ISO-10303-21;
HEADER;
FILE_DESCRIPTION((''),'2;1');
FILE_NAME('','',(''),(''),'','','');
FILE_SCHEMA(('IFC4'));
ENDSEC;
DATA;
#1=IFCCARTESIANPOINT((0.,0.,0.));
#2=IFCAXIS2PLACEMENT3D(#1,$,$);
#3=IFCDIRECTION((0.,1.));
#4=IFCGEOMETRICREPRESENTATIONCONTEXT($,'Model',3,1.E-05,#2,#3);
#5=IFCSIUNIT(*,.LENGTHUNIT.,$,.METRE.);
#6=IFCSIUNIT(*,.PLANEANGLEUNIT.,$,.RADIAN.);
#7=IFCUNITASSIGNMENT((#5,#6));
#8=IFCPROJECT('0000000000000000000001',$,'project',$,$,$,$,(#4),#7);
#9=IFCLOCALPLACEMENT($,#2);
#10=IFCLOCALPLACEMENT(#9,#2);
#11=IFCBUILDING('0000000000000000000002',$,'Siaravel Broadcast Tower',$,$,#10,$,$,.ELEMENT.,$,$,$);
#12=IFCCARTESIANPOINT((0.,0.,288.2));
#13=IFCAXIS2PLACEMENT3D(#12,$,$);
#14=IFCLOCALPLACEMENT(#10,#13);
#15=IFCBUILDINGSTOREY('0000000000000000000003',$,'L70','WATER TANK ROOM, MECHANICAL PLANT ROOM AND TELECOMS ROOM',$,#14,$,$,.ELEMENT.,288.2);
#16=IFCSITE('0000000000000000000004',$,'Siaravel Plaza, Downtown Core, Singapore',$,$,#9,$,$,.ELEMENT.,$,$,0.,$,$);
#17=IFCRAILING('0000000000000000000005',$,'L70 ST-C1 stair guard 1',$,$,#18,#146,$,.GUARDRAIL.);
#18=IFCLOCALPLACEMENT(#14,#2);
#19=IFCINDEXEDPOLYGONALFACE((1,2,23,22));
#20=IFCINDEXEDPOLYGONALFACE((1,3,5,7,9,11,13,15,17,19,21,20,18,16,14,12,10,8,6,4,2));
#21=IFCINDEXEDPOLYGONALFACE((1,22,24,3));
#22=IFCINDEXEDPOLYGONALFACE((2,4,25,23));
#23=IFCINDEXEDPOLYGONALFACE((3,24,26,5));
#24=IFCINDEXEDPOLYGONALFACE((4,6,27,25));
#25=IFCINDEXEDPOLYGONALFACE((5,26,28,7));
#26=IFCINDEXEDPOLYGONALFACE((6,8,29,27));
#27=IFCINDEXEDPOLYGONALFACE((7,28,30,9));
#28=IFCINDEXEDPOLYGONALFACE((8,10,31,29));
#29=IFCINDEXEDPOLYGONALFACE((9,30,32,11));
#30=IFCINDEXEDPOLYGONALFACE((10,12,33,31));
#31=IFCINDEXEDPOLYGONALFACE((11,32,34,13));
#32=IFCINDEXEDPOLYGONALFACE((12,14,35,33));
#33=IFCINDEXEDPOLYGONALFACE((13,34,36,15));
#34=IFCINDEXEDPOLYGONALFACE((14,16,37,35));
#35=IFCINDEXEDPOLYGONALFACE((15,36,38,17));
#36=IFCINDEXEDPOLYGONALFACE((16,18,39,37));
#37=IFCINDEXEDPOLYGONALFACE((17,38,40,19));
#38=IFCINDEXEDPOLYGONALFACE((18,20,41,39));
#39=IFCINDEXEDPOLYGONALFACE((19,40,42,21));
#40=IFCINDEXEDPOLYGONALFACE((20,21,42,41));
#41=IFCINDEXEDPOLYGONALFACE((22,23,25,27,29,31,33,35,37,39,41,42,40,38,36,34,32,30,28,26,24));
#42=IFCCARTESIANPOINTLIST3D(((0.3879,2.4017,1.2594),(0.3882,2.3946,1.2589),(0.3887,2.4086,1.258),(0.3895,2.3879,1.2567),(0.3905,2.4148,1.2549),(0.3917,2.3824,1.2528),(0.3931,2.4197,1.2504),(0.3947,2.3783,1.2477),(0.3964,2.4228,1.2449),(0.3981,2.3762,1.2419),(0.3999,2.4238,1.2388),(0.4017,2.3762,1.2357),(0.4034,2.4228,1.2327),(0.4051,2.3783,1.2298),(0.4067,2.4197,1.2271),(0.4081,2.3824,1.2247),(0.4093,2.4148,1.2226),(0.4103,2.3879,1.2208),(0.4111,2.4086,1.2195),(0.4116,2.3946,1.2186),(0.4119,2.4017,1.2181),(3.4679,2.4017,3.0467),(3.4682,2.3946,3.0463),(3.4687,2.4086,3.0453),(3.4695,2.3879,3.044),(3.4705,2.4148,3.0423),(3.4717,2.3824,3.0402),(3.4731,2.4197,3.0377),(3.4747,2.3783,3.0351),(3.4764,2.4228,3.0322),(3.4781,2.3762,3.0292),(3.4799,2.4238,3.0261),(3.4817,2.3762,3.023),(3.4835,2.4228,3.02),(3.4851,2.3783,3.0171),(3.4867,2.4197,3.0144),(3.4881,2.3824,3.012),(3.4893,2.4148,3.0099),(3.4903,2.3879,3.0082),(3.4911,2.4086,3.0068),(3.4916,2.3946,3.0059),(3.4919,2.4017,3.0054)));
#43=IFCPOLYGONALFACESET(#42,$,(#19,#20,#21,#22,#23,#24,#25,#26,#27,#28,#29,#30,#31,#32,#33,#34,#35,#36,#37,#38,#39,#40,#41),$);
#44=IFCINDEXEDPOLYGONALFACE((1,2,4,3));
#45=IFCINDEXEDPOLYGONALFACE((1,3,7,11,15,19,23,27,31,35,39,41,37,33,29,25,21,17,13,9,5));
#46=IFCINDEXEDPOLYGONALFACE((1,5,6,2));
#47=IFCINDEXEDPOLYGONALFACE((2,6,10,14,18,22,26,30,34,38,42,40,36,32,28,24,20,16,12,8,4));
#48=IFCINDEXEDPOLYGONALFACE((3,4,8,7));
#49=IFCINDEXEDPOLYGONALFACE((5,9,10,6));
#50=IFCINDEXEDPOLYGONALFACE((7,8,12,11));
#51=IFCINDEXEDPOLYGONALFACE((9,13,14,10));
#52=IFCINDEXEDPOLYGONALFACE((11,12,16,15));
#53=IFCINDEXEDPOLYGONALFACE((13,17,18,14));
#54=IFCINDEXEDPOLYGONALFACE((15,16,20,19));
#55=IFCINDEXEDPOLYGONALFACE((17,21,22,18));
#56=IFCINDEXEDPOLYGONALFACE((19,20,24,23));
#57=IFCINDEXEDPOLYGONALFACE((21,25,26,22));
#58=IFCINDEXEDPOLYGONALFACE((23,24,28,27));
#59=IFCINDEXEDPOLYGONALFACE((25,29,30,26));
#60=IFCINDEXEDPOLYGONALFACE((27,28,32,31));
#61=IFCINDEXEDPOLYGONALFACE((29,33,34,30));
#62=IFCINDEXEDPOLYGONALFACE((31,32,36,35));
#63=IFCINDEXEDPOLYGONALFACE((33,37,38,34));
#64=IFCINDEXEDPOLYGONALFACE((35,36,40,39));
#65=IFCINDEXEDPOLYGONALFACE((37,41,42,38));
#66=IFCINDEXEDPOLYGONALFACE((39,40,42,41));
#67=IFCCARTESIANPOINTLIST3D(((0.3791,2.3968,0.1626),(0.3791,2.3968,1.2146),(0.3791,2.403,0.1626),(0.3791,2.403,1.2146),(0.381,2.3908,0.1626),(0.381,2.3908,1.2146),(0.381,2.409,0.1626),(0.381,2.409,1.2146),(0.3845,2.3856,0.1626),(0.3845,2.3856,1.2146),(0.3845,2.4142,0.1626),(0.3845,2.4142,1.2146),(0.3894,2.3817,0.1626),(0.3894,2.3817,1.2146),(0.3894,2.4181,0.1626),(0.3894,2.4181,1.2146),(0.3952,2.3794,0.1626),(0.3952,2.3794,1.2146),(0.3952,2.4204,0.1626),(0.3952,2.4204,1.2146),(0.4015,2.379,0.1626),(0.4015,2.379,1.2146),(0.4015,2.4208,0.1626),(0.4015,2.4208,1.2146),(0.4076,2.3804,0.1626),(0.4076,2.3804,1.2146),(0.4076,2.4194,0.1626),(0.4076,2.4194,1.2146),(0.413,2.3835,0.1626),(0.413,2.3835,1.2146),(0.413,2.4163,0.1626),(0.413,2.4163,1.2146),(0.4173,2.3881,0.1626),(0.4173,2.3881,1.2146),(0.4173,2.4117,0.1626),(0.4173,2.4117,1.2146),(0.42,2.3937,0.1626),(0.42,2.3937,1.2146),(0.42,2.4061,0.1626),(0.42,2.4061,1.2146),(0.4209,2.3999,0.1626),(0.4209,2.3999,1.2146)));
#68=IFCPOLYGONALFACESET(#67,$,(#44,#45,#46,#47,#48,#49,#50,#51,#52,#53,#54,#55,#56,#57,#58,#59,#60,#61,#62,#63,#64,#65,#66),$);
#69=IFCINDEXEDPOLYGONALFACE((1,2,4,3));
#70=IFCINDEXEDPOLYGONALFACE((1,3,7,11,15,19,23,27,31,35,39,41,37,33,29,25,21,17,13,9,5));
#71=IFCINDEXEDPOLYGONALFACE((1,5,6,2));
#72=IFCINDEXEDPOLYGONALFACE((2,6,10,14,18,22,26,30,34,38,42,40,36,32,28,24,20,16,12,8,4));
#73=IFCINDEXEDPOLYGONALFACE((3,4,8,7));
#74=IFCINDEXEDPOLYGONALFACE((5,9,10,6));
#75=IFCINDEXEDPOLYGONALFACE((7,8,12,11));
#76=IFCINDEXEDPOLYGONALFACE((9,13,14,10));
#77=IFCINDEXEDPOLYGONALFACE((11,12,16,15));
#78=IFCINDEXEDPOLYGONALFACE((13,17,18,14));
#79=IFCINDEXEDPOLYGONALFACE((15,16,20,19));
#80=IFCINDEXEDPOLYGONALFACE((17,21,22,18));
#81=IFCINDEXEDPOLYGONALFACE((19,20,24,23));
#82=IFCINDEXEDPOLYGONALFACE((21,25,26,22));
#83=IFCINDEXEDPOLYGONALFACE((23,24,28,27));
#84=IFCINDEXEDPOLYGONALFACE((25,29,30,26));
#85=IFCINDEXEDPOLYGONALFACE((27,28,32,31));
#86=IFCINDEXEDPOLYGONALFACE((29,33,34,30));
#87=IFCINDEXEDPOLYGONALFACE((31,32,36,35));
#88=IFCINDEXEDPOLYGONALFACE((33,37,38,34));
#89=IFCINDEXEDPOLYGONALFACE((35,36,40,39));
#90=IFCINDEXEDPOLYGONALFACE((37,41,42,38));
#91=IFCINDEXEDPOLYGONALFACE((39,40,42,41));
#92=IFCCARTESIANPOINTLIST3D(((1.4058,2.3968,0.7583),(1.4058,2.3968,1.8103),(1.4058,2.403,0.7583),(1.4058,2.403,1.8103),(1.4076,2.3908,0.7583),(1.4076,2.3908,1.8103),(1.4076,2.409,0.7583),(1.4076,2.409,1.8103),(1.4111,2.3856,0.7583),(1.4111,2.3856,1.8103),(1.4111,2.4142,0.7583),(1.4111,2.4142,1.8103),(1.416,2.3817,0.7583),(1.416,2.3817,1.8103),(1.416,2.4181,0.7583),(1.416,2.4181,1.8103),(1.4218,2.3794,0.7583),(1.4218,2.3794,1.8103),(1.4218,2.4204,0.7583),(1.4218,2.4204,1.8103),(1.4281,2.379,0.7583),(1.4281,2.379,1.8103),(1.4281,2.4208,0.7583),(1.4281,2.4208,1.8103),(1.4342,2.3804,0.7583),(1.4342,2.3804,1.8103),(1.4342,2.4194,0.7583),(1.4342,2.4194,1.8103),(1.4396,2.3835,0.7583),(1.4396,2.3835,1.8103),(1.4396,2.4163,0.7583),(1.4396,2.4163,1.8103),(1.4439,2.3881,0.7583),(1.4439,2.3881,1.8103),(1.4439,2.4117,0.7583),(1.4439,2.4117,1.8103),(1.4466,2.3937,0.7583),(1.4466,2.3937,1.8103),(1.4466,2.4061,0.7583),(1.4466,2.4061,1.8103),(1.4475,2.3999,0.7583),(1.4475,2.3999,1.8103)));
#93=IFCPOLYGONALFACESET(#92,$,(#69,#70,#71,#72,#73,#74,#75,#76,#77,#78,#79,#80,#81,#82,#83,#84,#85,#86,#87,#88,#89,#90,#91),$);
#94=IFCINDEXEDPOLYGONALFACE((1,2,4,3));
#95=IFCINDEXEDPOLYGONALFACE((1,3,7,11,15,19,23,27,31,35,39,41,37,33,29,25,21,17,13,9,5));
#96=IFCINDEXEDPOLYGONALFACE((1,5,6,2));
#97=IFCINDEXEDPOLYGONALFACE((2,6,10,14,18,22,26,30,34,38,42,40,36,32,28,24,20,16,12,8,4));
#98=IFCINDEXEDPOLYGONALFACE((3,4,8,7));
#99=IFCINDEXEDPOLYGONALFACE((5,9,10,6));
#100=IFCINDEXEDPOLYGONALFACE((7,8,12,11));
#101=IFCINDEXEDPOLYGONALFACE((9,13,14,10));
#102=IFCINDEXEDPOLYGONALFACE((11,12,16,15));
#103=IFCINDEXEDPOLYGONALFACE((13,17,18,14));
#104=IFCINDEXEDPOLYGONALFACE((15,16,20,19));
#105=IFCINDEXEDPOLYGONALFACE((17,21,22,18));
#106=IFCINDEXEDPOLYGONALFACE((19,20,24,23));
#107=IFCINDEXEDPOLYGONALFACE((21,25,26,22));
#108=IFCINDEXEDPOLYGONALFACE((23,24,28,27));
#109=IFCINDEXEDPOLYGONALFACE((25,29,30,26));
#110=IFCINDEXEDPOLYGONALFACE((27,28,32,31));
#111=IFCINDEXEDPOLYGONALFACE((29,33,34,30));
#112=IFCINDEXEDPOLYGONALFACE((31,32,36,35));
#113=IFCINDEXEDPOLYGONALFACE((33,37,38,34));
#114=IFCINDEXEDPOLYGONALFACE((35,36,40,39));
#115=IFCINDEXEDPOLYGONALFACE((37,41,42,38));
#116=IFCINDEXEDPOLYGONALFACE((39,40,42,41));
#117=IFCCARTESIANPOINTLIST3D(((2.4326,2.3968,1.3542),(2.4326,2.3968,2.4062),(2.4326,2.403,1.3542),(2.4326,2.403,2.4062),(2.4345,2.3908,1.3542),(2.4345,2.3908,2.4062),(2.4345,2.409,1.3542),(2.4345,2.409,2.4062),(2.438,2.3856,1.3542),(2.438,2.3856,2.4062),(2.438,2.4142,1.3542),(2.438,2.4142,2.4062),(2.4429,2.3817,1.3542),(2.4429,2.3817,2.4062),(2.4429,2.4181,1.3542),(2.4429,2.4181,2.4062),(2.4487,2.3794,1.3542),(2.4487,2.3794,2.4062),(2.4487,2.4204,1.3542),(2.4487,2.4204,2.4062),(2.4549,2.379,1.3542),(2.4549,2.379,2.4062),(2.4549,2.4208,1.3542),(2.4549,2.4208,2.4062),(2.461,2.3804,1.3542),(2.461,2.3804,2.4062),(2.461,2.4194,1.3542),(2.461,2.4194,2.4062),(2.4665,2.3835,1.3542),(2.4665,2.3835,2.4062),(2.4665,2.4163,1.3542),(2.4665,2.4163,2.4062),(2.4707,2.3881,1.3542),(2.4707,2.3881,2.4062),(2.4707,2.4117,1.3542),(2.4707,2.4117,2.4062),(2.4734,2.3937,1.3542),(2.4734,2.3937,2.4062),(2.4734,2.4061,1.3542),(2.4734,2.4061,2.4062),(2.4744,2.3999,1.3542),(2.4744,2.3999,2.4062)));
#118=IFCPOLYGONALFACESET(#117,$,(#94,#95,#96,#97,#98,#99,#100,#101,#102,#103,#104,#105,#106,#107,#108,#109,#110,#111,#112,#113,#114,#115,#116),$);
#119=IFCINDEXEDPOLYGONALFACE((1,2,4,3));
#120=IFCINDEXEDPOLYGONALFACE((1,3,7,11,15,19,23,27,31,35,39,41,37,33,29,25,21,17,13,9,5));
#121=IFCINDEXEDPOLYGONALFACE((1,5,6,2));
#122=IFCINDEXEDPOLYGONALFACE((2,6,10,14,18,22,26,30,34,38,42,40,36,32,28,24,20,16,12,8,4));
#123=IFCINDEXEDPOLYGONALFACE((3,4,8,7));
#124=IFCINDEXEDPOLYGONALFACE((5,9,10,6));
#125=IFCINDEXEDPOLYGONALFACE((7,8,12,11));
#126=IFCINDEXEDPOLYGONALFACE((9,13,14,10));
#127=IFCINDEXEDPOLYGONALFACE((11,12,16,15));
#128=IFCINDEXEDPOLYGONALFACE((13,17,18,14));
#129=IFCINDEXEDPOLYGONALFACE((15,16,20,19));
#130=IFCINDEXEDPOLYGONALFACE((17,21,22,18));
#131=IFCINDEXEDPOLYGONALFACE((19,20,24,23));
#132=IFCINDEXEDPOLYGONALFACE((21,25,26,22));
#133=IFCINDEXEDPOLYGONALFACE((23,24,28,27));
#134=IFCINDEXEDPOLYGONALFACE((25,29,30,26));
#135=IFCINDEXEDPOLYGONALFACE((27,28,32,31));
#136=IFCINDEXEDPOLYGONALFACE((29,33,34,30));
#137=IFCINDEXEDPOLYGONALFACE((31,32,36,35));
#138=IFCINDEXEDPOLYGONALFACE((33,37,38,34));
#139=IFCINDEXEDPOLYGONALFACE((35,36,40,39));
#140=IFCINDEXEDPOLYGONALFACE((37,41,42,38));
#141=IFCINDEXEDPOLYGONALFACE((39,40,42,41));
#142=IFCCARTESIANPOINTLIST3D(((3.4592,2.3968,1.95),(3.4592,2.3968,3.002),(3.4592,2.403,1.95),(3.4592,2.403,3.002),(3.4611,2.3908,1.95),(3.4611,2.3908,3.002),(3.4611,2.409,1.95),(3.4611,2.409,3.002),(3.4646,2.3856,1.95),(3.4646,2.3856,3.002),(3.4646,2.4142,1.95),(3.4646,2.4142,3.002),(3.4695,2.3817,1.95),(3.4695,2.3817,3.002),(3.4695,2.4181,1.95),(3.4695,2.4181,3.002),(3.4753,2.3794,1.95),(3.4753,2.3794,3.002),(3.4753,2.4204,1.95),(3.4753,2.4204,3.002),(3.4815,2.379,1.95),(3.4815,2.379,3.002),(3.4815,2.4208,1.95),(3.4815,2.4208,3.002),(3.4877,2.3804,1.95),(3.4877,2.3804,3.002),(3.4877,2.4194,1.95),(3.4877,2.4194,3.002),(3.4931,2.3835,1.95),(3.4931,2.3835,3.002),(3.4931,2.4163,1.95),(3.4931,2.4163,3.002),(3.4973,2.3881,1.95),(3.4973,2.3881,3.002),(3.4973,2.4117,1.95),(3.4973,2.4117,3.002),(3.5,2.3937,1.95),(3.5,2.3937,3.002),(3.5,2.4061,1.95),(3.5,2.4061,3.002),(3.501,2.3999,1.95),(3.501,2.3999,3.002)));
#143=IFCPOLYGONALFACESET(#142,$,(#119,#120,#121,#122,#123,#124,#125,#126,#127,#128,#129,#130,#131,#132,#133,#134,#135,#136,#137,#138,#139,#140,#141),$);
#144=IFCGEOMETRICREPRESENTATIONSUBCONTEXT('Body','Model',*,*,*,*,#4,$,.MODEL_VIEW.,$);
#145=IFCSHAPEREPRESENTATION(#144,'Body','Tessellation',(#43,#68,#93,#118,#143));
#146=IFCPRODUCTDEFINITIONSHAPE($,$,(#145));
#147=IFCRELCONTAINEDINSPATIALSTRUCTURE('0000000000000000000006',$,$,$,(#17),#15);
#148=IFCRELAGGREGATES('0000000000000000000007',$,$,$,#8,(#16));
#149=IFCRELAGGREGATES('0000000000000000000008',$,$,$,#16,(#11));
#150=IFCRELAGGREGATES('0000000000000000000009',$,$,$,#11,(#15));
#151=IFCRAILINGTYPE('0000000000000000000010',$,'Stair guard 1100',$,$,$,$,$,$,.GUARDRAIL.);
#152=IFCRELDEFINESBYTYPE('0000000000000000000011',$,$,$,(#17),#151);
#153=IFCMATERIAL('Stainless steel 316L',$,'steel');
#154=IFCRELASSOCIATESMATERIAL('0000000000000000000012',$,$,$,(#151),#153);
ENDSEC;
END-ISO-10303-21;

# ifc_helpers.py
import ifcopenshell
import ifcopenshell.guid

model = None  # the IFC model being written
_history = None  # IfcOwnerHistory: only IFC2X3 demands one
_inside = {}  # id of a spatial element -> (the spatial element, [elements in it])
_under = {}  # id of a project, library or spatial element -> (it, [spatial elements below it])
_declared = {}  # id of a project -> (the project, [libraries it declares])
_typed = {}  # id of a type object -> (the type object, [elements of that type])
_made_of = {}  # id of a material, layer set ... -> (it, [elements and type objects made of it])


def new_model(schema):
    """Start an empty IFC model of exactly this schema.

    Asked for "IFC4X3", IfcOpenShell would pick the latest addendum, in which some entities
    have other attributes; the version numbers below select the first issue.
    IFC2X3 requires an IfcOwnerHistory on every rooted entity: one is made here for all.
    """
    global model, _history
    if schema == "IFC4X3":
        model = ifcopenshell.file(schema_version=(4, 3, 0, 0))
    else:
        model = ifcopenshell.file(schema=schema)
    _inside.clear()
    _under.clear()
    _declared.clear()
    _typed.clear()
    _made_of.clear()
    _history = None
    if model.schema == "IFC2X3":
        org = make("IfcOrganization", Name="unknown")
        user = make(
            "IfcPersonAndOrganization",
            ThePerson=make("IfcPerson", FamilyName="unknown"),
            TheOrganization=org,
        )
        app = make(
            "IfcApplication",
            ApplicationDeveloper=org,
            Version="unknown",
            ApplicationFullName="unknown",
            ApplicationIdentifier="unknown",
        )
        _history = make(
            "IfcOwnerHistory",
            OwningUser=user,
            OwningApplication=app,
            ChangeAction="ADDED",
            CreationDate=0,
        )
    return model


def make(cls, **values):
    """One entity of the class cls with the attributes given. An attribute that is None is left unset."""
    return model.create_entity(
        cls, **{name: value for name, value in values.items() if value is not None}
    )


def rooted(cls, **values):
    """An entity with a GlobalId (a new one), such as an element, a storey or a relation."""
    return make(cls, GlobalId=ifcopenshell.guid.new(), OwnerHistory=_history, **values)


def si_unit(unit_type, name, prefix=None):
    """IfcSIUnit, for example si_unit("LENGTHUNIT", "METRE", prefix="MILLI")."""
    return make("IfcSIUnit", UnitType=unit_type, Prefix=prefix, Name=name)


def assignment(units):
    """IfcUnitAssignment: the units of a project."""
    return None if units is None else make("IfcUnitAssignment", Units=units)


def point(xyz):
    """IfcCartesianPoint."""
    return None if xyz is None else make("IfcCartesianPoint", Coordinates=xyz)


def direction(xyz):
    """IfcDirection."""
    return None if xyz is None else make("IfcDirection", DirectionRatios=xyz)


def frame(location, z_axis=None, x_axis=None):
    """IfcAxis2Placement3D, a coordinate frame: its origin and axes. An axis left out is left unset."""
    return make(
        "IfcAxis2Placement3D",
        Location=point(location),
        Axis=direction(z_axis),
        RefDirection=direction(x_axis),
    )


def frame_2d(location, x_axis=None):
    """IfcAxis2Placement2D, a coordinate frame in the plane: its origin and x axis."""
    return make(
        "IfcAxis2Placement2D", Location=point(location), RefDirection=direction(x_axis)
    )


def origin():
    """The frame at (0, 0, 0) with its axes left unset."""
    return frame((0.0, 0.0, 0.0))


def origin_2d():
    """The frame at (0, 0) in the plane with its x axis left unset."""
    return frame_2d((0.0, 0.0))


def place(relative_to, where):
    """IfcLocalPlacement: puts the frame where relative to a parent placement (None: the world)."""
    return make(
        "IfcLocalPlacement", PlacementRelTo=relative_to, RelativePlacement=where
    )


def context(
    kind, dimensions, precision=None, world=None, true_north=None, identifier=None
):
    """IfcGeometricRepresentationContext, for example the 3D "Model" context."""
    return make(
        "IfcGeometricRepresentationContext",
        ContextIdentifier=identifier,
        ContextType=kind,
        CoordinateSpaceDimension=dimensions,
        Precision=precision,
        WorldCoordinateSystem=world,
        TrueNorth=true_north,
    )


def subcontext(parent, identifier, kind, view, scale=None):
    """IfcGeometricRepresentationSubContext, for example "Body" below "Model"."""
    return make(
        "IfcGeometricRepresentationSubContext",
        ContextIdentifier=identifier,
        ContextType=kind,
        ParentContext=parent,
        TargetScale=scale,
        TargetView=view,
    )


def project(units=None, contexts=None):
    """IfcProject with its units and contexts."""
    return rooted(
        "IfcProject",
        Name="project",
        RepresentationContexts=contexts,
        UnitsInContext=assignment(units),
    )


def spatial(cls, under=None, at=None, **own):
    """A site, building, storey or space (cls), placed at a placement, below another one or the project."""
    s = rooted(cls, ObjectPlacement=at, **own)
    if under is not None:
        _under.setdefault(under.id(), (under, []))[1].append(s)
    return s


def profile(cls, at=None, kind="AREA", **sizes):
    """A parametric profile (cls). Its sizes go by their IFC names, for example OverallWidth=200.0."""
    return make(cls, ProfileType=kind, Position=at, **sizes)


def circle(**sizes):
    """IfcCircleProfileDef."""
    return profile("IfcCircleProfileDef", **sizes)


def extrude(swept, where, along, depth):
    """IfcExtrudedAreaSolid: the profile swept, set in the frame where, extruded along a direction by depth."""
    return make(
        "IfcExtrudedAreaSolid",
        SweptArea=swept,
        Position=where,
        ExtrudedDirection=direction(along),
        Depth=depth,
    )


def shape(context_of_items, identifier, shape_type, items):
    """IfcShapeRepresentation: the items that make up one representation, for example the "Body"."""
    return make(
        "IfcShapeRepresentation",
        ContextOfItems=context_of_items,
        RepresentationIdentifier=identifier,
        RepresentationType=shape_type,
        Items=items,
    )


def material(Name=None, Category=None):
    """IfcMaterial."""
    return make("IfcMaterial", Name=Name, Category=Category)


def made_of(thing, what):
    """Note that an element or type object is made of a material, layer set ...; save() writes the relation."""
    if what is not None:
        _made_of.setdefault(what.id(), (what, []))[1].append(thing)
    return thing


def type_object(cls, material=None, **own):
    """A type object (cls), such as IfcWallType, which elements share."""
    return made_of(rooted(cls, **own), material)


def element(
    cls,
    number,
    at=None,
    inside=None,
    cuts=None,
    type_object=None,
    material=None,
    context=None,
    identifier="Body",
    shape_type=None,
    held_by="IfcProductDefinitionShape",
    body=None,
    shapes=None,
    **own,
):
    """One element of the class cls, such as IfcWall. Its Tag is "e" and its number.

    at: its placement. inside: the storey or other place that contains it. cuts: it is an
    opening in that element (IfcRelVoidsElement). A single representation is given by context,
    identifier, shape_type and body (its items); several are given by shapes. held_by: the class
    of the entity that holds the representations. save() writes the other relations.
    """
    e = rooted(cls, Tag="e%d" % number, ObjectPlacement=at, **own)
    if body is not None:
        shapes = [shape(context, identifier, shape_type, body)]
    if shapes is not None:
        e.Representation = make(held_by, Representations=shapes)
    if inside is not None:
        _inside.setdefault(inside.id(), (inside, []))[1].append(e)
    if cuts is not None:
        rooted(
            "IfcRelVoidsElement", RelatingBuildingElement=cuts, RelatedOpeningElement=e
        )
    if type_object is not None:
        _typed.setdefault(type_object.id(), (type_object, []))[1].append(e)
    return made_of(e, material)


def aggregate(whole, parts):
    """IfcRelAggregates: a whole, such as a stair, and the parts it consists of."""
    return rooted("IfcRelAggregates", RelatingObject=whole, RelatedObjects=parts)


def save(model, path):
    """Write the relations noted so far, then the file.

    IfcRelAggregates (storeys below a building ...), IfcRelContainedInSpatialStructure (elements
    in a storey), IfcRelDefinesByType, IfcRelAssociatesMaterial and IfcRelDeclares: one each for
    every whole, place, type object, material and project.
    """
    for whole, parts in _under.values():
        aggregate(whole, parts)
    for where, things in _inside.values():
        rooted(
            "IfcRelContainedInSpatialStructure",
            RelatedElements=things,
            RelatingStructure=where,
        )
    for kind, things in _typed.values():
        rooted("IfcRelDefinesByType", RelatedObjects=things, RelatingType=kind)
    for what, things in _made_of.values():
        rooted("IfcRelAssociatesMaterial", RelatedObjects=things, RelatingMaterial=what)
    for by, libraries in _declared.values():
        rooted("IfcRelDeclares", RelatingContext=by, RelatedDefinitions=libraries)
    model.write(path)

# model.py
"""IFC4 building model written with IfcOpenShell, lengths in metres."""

from ifc_helpers import new_model, si_unit, direction, frame, origin, origin_2d, place, context, subcontext, project, spatial, circle, extrude, material, type_object, element, save


model = new_model("IFC4")

# Units and contexts
model_context = context("Model", 3, precision=1e-05, world=origin(), true_north=direction((0.0, 1.0)))
body_context = subcontext(model_context, "Body", "Model", "MODEL_VIEW")
ifc_project = project(units=[si_unit("LENGTHUNIT", "METRE"), si_unit("PLANEANGLEUNIT", "RADIAN")], contexts=[model_context])

# Site, building, storey
site_placement = place(None, origin())
site = spatial("IfcSite", under=ifc_project, at=site_placement, Name="Siaravel Plaza, Downtown Core, Singapore", CompositionType="ELEMENT", RefElevation=0.0)
building_placement = place(site_placement, origin())
building = spatial("IfcBuilding", under=site, at=building_placement, Name="Siaravel Broadcast Tower", CompositionType="ELEMENT")
storey_placement = place(building_placement, frame((0.0, 0.0, 288.2)))
storey = spatial("IfcBuildingStorey", under=building, at=storey_placement, Name="L70", Description="WATER TANK ROOM, MECHANICAL PLANT ROOM AND TELECOMS ROOM", CompositionType="ELEMENT", Elevation=288.2)

# Railing
ifc_material_1 = material(Name="Stainless steel 316L", Category="steel")
railing_type_1 = type_object("IfcRailingType", Name="Stair guard 1100", PredefinedType="GUARDRAIL", material=ifc_material_1)
railing_1_placement = place(storey_placement, frame((0.3999, 2.3999, 0.1626)))
element("IfcRailing", 1, at=railing_1_placement, inside=storey, type_object=railing_type_1, Name="L70 ST-C1 stair guard 1", PredefinedType="GUARDRAIL", context=body_context, shape_type="SweptSolid", body=[
    extrude(circle(Radius=0.0239, at=origin_2d()), frame((0.0, 0.0, 1.0762), z_axis=(0.86492, 0.0, 0.501909), x_axis=(0.0, 1.0, 0.0)), (0.0, 0.0, 1.0), 3.561),
    extrude(circle(Radius=0.021, at=origin_2d()), origin(), (0.0, 0.0, 1.0), 1.052),
    extrude(circle(Radius=0.021, at=origin_2d()), frame((1.0266, 0.0, 0.5957)), (0.0, 0.0, 1.0), 1.052),
    extrude(circle(Radius=0.021, at=origin_2d()), frame((2.0535, 0.0, 1.1917)), (0.0, 0.0, 1.0), 1.052),
    extrude(circle(Radius=0.021, at=origin_2d()), frame((3.0801, 0.0, 1.7874)), (0.0, 0.0, 1.0), 1.052),
])

save(model, "model.ifc")
